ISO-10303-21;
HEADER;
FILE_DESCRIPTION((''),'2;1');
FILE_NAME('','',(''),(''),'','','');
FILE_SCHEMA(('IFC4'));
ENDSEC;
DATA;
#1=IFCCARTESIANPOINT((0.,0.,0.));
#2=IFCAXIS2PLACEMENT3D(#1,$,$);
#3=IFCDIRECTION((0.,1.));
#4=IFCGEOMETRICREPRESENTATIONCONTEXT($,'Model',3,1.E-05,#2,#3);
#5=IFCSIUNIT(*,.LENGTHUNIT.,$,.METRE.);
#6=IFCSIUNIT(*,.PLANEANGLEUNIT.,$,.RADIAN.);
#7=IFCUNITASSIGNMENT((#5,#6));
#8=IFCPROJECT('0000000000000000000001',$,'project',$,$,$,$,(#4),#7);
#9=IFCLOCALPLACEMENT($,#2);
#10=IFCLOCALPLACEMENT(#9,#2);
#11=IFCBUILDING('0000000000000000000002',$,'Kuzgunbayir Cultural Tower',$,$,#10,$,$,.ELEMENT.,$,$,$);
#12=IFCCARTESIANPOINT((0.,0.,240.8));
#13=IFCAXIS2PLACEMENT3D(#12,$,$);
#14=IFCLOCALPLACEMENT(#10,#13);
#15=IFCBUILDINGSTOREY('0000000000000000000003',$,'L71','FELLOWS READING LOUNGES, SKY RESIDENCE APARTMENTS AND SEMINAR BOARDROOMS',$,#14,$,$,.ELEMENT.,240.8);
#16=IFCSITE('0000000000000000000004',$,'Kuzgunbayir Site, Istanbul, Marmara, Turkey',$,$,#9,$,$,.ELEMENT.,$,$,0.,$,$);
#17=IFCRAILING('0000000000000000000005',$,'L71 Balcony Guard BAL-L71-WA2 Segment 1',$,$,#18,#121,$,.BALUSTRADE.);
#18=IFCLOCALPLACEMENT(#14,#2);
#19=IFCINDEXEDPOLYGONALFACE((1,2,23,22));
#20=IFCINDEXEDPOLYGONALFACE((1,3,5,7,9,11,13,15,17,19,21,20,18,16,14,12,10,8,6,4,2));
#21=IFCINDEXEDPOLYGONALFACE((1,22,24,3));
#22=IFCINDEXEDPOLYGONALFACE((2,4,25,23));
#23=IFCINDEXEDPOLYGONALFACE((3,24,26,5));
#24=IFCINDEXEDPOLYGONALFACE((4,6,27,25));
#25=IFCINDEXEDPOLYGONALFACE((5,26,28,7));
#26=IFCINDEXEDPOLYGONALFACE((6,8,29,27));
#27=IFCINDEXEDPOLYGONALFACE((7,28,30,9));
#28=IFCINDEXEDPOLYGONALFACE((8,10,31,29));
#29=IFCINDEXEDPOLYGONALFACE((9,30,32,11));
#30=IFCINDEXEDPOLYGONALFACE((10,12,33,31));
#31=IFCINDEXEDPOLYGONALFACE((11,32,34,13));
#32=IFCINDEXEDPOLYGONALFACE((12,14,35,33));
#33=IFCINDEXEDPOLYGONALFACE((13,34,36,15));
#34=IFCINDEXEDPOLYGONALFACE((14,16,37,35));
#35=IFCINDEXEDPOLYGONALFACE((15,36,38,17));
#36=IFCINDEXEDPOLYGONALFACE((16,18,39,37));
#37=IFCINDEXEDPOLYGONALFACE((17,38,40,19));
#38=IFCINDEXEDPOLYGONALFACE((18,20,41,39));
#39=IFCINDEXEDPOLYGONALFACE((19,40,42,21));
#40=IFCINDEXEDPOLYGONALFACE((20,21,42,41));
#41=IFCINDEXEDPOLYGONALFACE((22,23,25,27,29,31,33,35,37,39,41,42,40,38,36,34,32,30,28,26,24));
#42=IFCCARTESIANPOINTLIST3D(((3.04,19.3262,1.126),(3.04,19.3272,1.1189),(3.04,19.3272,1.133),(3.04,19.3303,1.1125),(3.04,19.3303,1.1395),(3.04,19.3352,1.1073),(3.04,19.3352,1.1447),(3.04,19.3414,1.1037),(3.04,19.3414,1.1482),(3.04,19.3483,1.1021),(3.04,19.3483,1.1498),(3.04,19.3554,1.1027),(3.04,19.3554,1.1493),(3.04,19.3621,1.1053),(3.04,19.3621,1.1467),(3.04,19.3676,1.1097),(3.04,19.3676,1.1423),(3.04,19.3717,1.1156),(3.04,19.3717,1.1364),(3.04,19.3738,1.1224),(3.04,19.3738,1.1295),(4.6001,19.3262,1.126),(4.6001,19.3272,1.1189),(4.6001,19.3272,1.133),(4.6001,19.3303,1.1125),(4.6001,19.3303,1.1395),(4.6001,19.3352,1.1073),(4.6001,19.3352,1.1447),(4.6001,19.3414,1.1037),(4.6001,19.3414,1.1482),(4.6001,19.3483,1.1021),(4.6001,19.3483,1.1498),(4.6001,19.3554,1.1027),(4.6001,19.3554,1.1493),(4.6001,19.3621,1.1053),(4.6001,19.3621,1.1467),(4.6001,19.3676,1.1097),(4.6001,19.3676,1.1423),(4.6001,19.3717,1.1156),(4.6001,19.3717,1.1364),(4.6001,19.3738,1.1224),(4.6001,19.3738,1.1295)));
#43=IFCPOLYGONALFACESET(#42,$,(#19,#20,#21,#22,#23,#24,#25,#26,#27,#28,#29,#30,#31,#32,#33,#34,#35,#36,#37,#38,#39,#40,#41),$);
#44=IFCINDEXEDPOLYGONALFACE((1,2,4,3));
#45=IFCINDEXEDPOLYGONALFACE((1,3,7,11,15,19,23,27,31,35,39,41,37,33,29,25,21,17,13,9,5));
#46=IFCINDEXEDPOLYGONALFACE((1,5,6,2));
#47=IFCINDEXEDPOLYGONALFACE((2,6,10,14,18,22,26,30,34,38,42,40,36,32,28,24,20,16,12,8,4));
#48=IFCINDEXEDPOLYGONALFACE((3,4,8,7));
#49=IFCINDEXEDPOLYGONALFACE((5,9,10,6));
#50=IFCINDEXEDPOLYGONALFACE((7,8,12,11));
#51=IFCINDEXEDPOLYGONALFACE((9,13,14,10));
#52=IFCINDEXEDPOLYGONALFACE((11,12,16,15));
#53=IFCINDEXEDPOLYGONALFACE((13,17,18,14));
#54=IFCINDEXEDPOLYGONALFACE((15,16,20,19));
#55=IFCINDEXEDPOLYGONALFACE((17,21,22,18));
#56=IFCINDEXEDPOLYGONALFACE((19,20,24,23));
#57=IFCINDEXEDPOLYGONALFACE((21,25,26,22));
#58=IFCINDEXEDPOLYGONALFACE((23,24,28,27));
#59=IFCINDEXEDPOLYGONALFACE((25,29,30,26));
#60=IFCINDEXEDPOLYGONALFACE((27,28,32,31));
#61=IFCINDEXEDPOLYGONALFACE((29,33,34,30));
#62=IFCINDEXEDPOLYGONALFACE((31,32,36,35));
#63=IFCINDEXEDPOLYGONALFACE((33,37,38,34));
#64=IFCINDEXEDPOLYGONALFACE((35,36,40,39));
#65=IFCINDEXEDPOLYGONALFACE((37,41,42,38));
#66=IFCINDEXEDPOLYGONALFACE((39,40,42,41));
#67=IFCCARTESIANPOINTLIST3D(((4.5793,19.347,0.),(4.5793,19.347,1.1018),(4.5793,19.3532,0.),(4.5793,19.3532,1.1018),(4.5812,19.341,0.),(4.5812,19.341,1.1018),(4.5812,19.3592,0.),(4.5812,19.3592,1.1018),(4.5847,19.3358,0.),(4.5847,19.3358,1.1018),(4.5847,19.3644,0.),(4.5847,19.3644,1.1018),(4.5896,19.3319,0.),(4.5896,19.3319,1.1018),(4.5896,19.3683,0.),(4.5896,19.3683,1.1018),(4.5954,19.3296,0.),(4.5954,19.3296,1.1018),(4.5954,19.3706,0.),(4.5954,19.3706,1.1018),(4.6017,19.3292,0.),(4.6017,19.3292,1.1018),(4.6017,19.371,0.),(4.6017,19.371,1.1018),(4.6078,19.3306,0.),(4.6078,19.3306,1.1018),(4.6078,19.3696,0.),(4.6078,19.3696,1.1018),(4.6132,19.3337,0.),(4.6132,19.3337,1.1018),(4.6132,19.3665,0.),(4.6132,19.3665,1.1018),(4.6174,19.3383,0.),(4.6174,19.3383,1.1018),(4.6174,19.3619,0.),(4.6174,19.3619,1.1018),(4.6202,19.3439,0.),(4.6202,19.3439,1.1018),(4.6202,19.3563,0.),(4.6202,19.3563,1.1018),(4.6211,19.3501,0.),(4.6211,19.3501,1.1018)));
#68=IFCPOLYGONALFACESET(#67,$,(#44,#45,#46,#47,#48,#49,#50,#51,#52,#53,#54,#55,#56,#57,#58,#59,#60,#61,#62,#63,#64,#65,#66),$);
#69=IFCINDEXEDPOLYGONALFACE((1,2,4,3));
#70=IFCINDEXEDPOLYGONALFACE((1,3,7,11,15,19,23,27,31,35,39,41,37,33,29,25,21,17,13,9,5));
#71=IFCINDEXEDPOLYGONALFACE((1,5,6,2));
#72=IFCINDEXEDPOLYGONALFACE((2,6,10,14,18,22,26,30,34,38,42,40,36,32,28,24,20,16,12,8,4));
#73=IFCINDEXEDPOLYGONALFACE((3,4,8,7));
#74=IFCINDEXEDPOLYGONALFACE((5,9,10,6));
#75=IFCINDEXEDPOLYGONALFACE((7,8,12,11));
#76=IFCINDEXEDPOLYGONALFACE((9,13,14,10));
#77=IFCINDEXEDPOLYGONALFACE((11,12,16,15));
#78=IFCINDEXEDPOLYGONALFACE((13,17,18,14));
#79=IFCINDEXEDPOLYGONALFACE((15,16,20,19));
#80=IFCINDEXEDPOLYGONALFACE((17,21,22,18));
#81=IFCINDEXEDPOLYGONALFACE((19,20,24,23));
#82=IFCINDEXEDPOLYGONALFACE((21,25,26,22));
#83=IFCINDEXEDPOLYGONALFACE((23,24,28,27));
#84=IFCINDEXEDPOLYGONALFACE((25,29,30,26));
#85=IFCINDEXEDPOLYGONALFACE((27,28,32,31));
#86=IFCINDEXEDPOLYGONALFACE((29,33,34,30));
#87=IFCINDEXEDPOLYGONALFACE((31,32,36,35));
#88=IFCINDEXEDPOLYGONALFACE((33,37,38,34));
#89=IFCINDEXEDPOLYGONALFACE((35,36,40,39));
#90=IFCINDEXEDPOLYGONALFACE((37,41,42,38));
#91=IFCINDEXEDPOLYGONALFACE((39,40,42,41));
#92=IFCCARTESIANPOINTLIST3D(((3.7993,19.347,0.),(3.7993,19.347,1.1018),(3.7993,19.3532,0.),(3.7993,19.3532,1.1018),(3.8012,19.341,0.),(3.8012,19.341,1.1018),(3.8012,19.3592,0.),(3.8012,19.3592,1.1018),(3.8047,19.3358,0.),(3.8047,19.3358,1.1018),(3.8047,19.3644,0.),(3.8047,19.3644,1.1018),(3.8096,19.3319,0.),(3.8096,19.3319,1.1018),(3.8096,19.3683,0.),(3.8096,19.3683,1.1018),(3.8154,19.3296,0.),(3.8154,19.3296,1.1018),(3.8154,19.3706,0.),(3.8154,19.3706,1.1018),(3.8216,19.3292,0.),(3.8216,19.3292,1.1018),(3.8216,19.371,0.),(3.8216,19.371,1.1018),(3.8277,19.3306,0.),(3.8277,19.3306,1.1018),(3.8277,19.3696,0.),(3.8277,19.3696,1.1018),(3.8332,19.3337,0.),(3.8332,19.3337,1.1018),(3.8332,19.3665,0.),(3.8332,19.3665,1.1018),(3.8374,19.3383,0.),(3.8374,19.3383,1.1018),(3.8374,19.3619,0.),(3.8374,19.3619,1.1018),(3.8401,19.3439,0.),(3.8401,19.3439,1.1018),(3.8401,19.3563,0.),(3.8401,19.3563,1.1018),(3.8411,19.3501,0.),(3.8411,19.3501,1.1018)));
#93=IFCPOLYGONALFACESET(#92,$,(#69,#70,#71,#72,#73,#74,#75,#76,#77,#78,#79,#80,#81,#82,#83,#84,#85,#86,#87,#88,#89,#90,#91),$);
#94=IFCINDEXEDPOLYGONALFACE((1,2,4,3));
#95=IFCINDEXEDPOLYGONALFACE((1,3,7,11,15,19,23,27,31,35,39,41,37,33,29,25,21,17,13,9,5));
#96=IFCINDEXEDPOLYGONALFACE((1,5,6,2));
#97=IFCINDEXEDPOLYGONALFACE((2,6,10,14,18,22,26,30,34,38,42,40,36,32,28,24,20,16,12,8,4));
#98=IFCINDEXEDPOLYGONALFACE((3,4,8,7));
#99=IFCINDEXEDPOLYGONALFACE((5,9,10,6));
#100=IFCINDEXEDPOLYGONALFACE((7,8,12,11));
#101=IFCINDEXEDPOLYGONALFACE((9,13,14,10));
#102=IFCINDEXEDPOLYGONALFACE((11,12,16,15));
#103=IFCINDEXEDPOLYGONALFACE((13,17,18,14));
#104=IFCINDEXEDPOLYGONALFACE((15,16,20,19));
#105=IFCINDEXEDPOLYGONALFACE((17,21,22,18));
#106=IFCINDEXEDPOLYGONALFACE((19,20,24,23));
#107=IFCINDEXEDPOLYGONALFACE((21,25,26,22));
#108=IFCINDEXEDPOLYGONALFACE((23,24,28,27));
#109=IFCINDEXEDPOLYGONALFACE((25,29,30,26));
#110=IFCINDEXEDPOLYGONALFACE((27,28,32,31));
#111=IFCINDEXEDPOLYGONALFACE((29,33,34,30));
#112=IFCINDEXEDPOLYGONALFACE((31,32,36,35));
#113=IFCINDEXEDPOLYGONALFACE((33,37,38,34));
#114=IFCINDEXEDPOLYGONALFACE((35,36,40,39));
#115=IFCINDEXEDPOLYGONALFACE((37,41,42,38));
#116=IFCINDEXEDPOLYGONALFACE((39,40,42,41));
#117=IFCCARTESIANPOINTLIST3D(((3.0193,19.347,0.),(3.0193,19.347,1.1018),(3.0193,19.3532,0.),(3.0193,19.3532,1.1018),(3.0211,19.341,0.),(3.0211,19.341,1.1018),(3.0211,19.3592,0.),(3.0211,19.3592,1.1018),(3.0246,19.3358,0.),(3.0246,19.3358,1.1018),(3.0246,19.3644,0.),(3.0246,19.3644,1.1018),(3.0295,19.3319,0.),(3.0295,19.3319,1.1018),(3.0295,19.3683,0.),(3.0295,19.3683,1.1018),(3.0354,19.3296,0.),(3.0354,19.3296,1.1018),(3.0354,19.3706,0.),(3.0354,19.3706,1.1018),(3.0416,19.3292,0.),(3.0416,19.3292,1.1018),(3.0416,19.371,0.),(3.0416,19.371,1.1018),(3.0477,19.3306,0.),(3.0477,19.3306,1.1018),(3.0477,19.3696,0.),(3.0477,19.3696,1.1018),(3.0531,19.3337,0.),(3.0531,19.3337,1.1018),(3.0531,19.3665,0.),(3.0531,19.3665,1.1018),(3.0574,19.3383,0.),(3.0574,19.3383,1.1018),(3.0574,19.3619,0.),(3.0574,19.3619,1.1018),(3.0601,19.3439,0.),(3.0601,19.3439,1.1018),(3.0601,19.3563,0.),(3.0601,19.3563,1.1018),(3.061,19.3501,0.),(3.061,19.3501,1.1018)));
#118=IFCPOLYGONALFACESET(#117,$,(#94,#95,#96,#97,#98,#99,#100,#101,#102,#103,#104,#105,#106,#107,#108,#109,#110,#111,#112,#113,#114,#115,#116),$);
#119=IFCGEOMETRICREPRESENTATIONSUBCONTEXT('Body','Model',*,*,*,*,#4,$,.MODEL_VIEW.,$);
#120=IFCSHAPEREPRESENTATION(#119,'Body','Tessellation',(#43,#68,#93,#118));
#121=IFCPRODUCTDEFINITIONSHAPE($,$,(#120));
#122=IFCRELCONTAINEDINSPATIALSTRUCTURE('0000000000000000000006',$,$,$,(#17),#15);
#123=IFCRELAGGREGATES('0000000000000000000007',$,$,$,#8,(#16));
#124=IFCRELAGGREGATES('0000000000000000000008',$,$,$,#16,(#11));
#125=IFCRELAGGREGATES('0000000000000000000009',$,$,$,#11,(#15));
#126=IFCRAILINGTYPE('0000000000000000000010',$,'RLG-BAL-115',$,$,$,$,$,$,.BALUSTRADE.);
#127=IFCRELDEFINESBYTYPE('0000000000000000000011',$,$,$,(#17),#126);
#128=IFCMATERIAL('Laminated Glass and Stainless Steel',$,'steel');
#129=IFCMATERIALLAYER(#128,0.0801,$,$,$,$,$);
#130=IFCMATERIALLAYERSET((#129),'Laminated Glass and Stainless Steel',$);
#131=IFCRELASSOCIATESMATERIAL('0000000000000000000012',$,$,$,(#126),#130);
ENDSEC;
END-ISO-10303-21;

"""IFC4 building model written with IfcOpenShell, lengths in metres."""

from ifc_helpers import new_model, si_unit, direction, frame, origin, origin_2d, place, context, subcontext, project, spatial, circle, extrude, material, layer, layer_set, type_object, element, save


model = new_model("IFC4")

# Units and contexts
model_context = context("Model", 3, precision=1e-05, world=origin(), true_north=direction((0.0, 1.0)))
body_context = subcontext(model_context, "Body", "Model", "MODEL_VIEW")
ifc_project = project(units=[si_unit("LENGTHUNIT", "METRE"), si_unit("PLANEANGLEUNIT", "RADIAN")], contexts=[model_context])

# Site, building, storey
site_placement = place(None, origin())
site = spatial("IfcSite", under=ifc_project, at=site_placement, Name="Kuzgunbayir Site, Istanbul, Marmara, Turkey", CompositionType="ELEMENT", RefElevation=0.0)
building_placement = place(site_placement, origin())
building = spatial("IfcBuilding", under=site, at=building_placement, Name="Kuzgunbayir Cultural Tower", CompositionType="ELEMENT")
storey_placement = place(building_placement, frame((0.0, 0.0, 240.8)))
storey = spatial("IfcBuildingStorey", under=building, at=storey_placement, Name="L71", Description="FELLOWS READING LOUNGES, SKY RESIDENCE APARTMENTS AND SEMINAR BOARDROOMS", CompositionType="ELEMENT", Elevation=240.8)

# Railing
ifc_material_1 = material(Name="Laminated Glass and Stainless Steel", Category="steel")
ifc_layer_1 = layer(ifc_material_1, 0.0801)
ifc_layer_set_1 = layer_set([ifc_layer_1], Name="Laminated Glass and Stainless Steel")
railing_type = type_object("IfcRailingType", Name="RLG-BAL-115", PredefinedType="BALUSTRADE", material=ifc_layer_set_1)
railing_1_placement = place(storey_placement, frame((4.6001, 19.3501, 0.0)))
element("IfcRailing", 1, at=railing_1_placement, inside=storey, type_object=railing_type, Name="L71 Balcony Guard BAL-L71-WA2 Segment 1", PredefinedType="BALUSTRADE", context=body_context, shape_type="SweptSolid", body=[
    extrude(circle(Radius=0.0239, at=origin_2d()), frame((0.0, 0.0, 1.126), z_axis=(-1.0, 0.0, 0.0), x_axis=(0.0, -1.0, 0.0)), (0.0, 0.0, 1.0), 1.5601),
    extrude(circle(Radius=0.021, at=origin_2d()), origin(), (0.0, 0.0, 1.0), 1.1018),
    extrude(circle(Radius=0.021, at=origin_2d()), frame((-0.78, 0.0, 0.0)), (0.0, 0.0, 1.0), 1.1018),
    extrude(circle(Radius=0.021, at=origin_2d()), frame((-1.5601, 0.0, 0.0)), (0.0, 0.0, 1.0), 1.1018),
])

save(model, "model.ifc")
